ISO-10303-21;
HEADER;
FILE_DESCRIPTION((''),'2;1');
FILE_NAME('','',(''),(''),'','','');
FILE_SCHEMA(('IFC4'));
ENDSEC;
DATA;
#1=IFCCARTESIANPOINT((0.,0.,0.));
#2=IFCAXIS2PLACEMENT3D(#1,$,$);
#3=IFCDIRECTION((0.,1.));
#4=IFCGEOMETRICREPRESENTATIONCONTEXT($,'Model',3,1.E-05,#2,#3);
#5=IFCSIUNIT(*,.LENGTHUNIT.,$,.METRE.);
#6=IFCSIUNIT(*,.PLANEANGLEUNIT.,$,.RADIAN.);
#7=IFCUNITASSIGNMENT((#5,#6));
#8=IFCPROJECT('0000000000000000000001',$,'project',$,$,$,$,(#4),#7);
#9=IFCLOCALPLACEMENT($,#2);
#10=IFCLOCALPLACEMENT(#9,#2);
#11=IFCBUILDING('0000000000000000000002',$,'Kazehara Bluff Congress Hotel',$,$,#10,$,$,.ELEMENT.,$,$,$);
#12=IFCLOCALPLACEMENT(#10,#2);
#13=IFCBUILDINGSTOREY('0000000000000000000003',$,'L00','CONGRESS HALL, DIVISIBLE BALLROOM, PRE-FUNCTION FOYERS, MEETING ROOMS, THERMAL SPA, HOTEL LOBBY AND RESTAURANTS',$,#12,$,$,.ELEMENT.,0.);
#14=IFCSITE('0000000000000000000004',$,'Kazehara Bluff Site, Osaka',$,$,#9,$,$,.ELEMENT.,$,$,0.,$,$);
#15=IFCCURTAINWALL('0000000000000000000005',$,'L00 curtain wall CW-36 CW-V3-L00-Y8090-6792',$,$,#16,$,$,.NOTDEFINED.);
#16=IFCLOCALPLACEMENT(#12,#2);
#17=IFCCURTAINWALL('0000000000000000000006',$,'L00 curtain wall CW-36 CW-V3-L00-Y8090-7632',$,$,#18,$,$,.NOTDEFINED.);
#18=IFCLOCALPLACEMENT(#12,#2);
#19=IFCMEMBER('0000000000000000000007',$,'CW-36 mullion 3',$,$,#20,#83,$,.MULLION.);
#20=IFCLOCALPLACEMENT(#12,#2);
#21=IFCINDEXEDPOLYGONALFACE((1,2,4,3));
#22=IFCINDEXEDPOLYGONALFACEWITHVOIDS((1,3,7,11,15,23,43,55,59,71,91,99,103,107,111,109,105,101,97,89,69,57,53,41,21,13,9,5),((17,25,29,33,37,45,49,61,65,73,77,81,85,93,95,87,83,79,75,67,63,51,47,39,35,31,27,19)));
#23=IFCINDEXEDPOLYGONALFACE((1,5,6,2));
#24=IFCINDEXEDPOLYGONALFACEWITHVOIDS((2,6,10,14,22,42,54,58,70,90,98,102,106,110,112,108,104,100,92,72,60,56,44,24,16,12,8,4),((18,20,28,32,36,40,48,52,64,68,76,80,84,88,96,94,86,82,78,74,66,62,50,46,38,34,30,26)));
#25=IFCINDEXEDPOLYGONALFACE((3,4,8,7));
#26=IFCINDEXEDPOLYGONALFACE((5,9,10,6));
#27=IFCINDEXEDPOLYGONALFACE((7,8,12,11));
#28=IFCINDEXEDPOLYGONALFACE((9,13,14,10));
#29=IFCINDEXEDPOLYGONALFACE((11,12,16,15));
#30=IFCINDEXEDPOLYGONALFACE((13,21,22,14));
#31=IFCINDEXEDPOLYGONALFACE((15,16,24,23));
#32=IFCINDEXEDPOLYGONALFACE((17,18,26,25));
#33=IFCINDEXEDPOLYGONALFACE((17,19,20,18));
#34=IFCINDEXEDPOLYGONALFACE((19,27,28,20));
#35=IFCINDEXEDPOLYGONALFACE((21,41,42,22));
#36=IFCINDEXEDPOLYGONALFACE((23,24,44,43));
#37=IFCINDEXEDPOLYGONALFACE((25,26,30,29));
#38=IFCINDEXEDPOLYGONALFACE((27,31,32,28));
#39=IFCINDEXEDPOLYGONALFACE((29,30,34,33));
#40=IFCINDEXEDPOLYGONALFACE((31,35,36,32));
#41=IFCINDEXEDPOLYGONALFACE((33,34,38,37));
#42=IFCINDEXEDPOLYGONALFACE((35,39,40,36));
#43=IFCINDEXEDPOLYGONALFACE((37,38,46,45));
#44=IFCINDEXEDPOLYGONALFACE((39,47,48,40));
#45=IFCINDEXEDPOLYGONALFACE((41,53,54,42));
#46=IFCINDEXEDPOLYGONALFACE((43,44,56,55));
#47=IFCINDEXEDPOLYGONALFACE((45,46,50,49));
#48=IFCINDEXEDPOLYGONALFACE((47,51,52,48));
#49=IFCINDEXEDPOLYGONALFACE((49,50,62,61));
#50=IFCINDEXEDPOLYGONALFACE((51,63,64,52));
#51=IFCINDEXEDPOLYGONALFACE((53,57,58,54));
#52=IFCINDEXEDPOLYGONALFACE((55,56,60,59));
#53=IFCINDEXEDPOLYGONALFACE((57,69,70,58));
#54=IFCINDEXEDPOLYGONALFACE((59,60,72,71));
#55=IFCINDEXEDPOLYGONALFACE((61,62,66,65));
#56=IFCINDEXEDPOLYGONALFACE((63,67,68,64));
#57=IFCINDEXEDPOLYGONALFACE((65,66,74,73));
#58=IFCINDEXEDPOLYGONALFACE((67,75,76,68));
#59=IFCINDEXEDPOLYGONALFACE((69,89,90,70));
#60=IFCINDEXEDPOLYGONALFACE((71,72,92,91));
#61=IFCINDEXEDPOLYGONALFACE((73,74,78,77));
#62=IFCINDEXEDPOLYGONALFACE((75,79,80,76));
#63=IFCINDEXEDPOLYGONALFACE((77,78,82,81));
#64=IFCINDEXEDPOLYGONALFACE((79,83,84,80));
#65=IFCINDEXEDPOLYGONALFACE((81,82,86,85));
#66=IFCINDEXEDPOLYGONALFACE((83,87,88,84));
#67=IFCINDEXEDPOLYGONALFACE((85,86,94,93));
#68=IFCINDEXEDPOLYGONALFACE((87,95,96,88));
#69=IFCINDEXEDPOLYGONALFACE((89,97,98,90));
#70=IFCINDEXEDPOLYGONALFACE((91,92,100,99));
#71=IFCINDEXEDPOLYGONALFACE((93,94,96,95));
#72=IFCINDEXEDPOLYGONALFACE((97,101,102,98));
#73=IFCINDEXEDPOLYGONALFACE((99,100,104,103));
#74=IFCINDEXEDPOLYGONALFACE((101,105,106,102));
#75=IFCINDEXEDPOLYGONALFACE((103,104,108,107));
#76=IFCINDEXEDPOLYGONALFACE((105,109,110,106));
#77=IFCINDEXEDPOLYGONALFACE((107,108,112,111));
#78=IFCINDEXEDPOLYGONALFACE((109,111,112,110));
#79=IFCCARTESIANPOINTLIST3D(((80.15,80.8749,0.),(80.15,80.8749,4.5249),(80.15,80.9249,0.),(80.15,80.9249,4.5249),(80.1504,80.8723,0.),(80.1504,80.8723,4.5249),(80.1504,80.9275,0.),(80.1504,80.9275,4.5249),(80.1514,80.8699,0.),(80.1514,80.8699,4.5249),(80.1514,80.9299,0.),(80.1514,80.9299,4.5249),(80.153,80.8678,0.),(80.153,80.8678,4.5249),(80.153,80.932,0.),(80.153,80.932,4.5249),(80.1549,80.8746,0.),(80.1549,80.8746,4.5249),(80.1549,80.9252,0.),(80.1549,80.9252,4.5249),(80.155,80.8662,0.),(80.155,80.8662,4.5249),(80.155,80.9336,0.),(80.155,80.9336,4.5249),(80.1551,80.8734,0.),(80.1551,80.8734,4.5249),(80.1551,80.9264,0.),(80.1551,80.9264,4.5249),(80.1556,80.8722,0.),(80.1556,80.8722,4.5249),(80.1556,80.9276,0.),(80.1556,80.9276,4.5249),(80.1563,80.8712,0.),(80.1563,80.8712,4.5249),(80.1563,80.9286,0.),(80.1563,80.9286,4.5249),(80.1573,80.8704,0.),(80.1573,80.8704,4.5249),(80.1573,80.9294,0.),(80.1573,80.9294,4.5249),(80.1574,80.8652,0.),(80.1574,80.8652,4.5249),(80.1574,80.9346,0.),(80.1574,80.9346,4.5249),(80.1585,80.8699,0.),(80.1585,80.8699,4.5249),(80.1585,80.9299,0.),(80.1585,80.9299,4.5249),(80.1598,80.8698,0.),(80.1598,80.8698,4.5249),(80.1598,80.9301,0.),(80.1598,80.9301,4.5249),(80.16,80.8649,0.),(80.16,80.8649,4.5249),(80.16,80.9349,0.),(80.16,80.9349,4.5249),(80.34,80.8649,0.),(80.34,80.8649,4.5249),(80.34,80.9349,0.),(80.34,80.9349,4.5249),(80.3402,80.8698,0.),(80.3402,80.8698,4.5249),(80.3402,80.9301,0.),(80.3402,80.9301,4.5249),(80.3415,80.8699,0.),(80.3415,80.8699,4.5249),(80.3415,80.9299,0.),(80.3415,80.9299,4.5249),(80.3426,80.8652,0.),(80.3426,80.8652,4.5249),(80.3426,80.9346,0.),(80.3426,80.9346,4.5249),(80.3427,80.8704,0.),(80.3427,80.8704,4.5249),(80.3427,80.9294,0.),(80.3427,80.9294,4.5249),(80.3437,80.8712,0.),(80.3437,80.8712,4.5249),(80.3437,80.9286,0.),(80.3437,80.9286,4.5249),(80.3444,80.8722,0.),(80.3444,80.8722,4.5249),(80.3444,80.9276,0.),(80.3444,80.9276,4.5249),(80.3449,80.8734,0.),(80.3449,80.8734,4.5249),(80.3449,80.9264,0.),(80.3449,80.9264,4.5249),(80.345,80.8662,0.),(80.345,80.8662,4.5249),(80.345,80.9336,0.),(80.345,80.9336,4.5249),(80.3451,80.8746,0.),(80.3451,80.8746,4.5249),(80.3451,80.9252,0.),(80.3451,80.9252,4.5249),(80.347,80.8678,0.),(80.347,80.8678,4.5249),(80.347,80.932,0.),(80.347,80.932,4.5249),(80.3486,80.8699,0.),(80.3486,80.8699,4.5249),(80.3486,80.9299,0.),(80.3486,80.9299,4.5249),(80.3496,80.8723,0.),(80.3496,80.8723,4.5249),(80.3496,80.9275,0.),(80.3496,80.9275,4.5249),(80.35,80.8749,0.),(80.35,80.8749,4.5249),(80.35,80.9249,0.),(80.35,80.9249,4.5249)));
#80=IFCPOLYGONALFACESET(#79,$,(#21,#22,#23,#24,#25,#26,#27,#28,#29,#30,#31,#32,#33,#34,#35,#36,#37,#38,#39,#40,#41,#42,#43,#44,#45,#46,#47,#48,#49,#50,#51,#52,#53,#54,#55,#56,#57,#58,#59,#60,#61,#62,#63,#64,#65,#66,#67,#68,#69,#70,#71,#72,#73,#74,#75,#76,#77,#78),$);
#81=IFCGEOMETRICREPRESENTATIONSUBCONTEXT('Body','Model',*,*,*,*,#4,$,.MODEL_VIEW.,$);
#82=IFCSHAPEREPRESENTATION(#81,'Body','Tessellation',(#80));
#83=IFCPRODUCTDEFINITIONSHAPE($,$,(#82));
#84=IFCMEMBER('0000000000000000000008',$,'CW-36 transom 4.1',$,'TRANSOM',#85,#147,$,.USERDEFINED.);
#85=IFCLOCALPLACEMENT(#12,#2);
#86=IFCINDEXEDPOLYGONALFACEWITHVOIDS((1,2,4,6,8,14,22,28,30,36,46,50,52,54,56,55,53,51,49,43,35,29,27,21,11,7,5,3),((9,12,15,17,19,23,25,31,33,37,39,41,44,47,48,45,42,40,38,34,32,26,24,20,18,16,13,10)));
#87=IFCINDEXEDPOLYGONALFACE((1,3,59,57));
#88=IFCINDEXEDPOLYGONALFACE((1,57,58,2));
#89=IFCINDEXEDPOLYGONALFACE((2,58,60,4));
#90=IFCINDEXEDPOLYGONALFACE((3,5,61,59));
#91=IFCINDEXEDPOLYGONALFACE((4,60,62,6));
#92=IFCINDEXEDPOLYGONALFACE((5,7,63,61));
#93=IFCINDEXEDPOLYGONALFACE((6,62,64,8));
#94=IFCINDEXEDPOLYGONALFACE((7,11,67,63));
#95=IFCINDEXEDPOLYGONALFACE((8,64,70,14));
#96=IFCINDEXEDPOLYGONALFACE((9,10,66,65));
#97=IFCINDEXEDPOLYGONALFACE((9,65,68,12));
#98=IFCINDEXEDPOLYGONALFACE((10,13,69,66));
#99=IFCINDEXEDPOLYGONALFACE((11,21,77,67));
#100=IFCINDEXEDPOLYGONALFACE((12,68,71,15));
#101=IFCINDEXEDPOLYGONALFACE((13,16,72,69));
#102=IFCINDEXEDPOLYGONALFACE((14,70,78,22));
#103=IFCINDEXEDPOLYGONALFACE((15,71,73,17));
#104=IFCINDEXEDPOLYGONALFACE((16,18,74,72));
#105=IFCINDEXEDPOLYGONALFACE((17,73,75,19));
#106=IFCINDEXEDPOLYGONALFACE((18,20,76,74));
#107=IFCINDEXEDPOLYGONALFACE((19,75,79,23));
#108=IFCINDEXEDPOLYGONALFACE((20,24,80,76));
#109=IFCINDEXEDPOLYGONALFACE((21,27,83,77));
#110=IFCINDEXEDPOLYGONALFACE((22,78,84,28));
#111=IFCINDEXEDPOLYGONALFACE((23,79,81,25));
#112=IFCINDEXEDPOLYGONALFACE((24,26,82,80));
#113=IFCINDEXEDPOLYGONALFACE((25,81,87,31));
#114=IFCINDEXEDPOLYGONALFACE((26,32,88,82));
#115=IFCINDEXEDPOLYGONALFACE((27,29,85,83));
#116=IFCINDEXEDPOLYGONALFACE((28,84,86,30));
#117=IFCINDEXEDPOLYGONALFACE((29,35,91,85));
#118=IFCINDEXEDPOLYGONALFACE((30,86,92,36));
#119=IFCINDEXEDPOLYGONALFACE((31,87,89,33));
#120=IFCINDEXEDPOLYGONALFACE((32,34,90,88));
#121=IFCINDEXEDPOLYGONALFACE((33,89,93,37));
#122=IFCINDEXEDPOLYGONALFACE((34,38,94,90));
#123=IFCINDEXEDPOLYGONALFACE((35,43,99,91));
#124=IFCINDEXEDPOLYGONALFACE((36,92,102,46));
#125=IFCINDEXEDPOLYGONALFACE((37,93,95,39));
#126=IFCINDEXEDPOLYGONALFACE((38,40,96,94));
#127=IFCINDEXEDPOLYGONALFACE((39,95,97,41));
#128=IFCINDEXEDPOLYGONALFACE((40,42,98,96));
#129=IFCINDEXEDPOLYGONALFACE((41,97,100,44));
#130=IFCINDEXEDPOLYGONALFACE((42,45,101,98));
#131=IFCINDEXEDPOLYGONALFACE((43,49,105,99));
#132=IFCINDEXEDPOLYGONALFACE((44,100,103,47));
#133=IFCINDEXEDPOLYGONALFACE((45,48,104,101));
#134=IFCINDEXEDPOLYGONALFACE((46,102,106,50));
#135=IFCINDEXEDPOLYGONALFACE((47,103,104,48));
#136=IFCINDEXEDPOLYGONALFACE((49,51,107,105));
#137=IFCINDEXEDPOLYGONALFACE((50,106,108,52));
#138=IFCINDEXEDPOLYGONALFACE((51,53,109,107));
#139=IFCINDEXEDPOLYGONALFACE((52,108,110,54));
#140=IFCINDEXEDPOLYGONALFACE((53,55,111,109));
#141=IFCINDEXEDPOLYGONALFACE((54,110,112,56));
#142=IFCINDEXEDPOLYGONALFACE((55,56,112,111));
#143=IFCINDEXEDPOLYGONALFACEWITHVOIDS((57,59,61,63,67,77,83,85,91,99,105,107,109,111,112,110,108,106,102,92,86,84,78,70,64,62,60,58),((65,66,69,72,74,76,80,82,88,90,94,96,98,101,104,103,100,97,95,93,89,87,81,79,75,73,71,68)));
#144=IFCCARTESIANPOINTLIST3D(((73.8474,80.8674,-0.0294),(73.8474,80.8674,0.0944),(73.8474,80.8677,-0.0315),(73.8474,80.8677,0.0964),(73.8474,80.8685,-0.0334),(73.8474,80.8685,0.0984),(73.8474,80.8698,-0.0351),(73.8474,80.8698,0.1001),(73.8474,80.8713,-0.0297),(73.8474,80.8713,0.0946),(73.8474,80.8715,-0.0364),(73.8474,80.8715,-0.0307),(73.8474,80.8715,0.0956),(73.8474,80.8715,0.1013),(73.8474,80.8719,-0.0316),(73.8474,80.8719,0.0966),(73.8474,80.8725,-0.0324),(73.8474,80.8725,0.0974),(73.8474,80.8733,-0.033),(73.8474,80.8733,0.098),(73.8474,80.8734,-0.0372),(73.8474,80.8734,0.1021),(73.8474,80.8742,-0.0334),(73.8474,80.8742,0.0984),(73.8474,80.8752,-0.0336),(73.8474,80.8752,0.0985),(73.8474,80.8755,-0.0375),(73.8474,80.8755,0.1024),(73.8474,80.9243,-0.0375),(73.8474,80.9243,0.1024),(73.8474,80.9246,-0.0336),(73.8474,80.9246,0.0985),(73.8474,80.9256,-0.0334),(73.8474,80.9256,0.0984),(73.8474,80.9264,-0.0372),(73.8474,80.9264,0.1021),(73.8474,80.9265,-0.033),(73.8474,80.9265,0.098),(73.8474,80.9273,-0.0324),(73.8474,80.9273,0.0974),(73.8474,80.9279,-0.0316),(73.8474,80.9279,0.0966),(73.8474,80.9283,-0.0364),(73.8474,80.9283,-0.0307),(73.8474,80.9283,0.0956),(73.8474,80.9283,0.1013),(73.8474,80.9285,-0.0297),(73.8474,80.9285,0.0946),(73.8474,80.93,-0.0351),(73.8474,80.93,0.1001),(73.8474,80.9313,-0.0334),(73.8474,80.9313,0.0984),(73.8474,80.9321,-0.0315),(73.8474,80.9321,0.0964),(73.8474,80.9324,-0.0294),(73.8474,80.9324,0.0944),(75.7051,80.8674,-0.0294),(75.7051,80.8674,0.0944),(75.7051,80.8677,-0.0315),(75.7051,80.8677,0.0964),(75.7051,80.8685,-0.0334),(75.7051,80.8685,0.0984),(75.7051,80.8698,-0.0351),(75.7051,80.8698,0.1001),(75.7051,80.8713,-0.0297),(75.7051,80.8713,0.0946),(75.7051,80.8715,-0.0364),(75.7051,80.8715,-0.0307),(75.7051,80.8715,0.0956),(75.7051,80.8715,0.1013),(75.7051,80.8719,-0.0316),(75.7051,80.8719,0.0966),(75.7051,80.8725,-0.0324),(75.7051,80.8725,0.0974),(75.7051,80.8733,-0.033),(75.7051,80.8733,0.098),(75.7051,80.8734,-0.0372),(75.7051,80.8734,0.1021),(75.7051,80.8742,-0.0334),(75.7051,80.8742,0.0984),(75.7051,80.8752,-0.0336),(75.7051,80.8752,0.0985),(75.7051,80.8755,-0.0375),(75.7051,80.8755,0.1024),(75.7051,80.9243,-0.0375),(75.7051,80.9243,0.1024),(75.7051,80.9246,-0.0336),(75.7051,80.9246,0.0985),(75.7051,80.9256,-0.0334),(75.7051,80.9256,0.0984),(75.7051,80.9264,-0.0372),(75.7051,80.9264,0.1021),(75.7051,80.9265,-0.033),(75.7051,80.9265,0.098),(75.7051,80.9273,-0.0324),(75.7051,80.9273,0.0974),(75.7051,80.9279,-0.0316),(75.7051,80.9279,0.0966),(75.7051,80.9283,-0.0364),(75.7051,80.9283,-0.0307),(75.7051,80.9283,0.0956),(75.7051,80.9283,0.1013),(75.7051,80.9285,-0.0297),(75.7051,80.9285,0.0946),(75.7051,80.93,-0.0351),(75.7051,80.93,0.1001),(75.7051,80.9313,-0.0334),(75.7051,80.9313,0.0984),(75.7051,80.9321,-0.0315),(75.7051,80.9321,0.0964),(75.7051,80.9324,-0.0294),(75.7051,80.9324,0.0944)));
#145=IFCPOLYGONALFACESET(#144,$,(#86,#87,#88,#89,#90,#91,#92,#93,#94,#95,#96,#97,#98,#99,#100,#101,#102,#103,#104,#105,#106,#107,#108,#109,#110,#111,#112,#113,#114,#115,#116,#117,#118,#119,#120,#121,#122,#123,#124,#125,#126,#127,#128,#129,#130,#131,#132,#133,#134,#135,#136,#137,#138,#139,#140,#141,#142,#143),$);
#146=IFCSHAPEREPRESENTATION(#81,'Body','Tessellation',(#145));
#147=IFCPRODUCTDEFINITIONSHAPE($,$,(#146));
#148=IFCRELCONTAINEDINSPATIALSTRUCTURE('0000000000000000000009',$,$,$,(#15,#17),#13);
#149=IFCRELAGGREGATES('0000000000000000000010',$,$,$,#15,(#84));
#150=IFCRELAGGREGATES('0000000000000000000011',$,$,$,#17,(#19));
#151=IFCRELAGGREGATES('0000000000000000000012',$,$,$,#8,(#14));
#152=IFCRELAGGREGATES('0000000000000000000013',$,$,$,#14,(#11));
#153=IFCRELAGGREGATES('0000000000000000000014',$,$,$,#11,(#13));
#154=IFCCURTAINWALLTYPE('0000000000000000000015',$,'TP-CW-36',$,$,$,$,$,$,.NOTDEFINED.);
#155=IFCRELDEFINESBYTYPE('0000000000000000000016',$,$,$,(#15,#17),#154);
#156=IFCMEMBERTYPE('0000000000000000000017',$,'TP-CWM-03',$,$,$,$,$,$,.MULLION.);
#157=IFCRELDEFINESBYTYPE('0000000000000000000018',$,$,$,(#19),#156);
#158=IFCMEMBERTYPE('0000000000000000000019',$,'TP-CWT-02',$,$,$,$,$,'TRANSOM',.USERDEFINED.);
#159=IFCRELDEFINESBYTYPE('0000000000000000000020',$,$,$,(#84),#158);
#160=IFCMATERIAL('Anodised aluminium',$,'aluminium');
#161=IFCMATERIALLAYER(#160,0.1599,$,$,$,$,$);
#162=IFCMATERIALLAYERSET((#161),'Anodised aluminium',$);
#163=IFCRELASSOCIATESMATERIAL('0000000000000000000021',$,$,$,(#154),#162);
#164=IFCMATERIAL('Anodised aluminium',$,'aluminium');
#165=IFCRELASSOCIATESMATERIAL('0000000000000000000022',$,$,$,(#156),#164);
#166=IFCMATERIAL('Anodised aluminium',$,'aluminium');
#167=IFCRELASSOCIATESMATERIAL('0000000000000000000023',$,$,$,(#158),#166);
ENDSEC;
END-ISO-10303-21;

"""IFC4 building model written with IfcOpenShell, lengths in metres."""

from ifc_helpers import new_model, si_unit, direction, frame, origin, origin_2d, place, context, subcontext, project, spatial, hollow_rectangle, extrude, material, layer, layer_set, material_profile, profile_set, type_object, element, aggregate, save


model = new_model("IFC4")

# Units and contexts
model_context = context("Model", 3, precision=1e-05, world=origin(), true_north=direction((0.0, 1.0)))
body_context = subcontext(model_context, "Body", "Model", "MODEL_VIEW")
ifc_project = project(units=[si_unit("LENGTHUNIT", "METRE"), si_unit("PLANEANGLEUNIT", "RADIAN")], contexts=[model_context])

# Site, building, storey
site_placement = place(None, origin())
site = spatial("IfcSite", under=ifc_project, at=site_placement, Name="Kazehara Bluff Site, Osaka", CompositionType="ELEMENT", RefElevation=0.0)
building_placement = place(site_placement, origin())
building = spatial("IfcBuilding", under=site, at=building_placement, Name="Kazehara Bluff Congress Hotel", CompositionType="ELEMENT")
storey_placement = place(building_placement, origin())
storey = spatial("IfcBuildingStorey", under=building, at=storey_placement, Name="L00", Description="CONGRESS HALL, DIVISIBLE BALLROOM, PRE-FUNCTION FOYERS, MEETING ROOMS, THERMAL SPA, HOTEL LOBBY AND RESTAURANTS", CompositionType="ELEMENT", Elevation=0.0)

# Curtain wall
ifc_material_1 = material(Name="Anodised aluminium", Category="aluminium")
ifc_layer_1 = layer(ifc_material_1, 0.1599)
ifc_layer_set_1 = layer_set([ifc_layer_1], Name="Anodised aluminium")
curtain_wall_type = type_object("IfcCurtainWallType", Name="TP-CW-36", PredefinedType="NOTDEFINED", material=ifc_layer_set_1)
curtain_wall_1_placement = place(storey_placement, origin())
curtain_wall_1 = element("IfcCurtainWall", 1, at=curtain_wall_1_placement, inside=storey, type_object=curtain_wall_type, Name="L00 curtain wall CW-36 CW-V3-L00-Y8090-6792", PredefinedType="NOTDEFINED")
ifc_material_2 = material(Name="Anodised aluminium", Category="aluminium")
ifc_material_profile_1 = material_profile(ifc_material_2, hollow_rectangle(XDim=0.0701, YDim=0.2, WallThickness=0.0049, InnerFilletRadius=0.0049, OuterFilletRadius=0.01, at=origin_2d()))
ifc_profile_set_1 = profile_set([ifc_material_profile_1], Name="Anodised aluminium")
member_type_1 = type_object("IfcMemberType", Name="TP-CWM-03", PredefinedType="MULLION", material=ifc_profile_set_1)

# Curtain wall, member
curtain_wall_2_placement = place(storey_placement, origin())
curtain_wall_2 = element("IfcCurtainWall", 2, at=curtain_wall_2_placement, inside=storey, type_object=curtain_wall_type, Name="L00 curtain wall CW-36 CW-V3-L00-Y8090-7632", PredefinedType="NOTDEFINED")
member_1_placement = place(storey_placement, frame((80.25, 80.8999, 0.0), z_axis=(0.0, 0.0, 1.0), x_axis=(0.0, 1.0, 0.0)))
member_1 = element("IfcMember", 3, at=member_1_placement, type_object=member_type_1, Name="CW-36 mullion 3", PredefinedType="MULLION", context=body_context, shape_type="SweptSolid", body=[
    extrude(hollow_rectangle(XDim=0.0701, YDim=0.2, WallThickness=0.0049, InnerFilletRadius=0.0049, OuterFilletRadius=0.01, at=origin_2d()), origin(), (0.0, 0.0, 1.0), 4.5249),
])

# Member
ifc_material_3 = material(Name="Anodised aluminium", Category="aluminium")
ifc_material_profile_2 = material_profile(ifc_material_3, hollow_rectangle(XDim=0.0649, YDim=0.1399, WallThickness=0.0039, InnerFilletRadius=0.0039, OuterFilletRadius=0.0081, at=origin_2d()))
ifc_profile_set_2 = profile_set([ifc_material_profile_2], Name="Anodised aluminium")
member_type_2 = type_object("IfcMemberType", Name="TP-CWT-02", ElementType="TRANSOM", PredefinedType="USERDEFINED", material=ifc_profile_set_2)
member_2_placement = place(storey_placement, frame((73.8474, 80.8999, 0.0325), z_axis=(1.0, 0.0, 0.0), x_axis=(0.0, 1.0, 0.0)))
member_2 = element("IfcMember", 4, at=member_2_placement, type_object=member_type_2, Name="CW-36 transom 4.1", ObjectType="TRANSOM", PredefinedType="USERDEFINED", context=body_context, shape_type="SweptSolid", body=[
    extrude(hollow_rectangle(XDim=0.0649, YDim=0.1399, WallThickness=0.0039, InnerFilletRadius=0.0039, OuterFilletRadius=0.0081, at=origin_2d()), origin(), (0.0, 0.0, 1.0), 1.8577),
])

aggregate(curtain_wall_1, [member_2])
aggregate(curtain_wall_2, [member_1])

save(model, "model.ifc")
